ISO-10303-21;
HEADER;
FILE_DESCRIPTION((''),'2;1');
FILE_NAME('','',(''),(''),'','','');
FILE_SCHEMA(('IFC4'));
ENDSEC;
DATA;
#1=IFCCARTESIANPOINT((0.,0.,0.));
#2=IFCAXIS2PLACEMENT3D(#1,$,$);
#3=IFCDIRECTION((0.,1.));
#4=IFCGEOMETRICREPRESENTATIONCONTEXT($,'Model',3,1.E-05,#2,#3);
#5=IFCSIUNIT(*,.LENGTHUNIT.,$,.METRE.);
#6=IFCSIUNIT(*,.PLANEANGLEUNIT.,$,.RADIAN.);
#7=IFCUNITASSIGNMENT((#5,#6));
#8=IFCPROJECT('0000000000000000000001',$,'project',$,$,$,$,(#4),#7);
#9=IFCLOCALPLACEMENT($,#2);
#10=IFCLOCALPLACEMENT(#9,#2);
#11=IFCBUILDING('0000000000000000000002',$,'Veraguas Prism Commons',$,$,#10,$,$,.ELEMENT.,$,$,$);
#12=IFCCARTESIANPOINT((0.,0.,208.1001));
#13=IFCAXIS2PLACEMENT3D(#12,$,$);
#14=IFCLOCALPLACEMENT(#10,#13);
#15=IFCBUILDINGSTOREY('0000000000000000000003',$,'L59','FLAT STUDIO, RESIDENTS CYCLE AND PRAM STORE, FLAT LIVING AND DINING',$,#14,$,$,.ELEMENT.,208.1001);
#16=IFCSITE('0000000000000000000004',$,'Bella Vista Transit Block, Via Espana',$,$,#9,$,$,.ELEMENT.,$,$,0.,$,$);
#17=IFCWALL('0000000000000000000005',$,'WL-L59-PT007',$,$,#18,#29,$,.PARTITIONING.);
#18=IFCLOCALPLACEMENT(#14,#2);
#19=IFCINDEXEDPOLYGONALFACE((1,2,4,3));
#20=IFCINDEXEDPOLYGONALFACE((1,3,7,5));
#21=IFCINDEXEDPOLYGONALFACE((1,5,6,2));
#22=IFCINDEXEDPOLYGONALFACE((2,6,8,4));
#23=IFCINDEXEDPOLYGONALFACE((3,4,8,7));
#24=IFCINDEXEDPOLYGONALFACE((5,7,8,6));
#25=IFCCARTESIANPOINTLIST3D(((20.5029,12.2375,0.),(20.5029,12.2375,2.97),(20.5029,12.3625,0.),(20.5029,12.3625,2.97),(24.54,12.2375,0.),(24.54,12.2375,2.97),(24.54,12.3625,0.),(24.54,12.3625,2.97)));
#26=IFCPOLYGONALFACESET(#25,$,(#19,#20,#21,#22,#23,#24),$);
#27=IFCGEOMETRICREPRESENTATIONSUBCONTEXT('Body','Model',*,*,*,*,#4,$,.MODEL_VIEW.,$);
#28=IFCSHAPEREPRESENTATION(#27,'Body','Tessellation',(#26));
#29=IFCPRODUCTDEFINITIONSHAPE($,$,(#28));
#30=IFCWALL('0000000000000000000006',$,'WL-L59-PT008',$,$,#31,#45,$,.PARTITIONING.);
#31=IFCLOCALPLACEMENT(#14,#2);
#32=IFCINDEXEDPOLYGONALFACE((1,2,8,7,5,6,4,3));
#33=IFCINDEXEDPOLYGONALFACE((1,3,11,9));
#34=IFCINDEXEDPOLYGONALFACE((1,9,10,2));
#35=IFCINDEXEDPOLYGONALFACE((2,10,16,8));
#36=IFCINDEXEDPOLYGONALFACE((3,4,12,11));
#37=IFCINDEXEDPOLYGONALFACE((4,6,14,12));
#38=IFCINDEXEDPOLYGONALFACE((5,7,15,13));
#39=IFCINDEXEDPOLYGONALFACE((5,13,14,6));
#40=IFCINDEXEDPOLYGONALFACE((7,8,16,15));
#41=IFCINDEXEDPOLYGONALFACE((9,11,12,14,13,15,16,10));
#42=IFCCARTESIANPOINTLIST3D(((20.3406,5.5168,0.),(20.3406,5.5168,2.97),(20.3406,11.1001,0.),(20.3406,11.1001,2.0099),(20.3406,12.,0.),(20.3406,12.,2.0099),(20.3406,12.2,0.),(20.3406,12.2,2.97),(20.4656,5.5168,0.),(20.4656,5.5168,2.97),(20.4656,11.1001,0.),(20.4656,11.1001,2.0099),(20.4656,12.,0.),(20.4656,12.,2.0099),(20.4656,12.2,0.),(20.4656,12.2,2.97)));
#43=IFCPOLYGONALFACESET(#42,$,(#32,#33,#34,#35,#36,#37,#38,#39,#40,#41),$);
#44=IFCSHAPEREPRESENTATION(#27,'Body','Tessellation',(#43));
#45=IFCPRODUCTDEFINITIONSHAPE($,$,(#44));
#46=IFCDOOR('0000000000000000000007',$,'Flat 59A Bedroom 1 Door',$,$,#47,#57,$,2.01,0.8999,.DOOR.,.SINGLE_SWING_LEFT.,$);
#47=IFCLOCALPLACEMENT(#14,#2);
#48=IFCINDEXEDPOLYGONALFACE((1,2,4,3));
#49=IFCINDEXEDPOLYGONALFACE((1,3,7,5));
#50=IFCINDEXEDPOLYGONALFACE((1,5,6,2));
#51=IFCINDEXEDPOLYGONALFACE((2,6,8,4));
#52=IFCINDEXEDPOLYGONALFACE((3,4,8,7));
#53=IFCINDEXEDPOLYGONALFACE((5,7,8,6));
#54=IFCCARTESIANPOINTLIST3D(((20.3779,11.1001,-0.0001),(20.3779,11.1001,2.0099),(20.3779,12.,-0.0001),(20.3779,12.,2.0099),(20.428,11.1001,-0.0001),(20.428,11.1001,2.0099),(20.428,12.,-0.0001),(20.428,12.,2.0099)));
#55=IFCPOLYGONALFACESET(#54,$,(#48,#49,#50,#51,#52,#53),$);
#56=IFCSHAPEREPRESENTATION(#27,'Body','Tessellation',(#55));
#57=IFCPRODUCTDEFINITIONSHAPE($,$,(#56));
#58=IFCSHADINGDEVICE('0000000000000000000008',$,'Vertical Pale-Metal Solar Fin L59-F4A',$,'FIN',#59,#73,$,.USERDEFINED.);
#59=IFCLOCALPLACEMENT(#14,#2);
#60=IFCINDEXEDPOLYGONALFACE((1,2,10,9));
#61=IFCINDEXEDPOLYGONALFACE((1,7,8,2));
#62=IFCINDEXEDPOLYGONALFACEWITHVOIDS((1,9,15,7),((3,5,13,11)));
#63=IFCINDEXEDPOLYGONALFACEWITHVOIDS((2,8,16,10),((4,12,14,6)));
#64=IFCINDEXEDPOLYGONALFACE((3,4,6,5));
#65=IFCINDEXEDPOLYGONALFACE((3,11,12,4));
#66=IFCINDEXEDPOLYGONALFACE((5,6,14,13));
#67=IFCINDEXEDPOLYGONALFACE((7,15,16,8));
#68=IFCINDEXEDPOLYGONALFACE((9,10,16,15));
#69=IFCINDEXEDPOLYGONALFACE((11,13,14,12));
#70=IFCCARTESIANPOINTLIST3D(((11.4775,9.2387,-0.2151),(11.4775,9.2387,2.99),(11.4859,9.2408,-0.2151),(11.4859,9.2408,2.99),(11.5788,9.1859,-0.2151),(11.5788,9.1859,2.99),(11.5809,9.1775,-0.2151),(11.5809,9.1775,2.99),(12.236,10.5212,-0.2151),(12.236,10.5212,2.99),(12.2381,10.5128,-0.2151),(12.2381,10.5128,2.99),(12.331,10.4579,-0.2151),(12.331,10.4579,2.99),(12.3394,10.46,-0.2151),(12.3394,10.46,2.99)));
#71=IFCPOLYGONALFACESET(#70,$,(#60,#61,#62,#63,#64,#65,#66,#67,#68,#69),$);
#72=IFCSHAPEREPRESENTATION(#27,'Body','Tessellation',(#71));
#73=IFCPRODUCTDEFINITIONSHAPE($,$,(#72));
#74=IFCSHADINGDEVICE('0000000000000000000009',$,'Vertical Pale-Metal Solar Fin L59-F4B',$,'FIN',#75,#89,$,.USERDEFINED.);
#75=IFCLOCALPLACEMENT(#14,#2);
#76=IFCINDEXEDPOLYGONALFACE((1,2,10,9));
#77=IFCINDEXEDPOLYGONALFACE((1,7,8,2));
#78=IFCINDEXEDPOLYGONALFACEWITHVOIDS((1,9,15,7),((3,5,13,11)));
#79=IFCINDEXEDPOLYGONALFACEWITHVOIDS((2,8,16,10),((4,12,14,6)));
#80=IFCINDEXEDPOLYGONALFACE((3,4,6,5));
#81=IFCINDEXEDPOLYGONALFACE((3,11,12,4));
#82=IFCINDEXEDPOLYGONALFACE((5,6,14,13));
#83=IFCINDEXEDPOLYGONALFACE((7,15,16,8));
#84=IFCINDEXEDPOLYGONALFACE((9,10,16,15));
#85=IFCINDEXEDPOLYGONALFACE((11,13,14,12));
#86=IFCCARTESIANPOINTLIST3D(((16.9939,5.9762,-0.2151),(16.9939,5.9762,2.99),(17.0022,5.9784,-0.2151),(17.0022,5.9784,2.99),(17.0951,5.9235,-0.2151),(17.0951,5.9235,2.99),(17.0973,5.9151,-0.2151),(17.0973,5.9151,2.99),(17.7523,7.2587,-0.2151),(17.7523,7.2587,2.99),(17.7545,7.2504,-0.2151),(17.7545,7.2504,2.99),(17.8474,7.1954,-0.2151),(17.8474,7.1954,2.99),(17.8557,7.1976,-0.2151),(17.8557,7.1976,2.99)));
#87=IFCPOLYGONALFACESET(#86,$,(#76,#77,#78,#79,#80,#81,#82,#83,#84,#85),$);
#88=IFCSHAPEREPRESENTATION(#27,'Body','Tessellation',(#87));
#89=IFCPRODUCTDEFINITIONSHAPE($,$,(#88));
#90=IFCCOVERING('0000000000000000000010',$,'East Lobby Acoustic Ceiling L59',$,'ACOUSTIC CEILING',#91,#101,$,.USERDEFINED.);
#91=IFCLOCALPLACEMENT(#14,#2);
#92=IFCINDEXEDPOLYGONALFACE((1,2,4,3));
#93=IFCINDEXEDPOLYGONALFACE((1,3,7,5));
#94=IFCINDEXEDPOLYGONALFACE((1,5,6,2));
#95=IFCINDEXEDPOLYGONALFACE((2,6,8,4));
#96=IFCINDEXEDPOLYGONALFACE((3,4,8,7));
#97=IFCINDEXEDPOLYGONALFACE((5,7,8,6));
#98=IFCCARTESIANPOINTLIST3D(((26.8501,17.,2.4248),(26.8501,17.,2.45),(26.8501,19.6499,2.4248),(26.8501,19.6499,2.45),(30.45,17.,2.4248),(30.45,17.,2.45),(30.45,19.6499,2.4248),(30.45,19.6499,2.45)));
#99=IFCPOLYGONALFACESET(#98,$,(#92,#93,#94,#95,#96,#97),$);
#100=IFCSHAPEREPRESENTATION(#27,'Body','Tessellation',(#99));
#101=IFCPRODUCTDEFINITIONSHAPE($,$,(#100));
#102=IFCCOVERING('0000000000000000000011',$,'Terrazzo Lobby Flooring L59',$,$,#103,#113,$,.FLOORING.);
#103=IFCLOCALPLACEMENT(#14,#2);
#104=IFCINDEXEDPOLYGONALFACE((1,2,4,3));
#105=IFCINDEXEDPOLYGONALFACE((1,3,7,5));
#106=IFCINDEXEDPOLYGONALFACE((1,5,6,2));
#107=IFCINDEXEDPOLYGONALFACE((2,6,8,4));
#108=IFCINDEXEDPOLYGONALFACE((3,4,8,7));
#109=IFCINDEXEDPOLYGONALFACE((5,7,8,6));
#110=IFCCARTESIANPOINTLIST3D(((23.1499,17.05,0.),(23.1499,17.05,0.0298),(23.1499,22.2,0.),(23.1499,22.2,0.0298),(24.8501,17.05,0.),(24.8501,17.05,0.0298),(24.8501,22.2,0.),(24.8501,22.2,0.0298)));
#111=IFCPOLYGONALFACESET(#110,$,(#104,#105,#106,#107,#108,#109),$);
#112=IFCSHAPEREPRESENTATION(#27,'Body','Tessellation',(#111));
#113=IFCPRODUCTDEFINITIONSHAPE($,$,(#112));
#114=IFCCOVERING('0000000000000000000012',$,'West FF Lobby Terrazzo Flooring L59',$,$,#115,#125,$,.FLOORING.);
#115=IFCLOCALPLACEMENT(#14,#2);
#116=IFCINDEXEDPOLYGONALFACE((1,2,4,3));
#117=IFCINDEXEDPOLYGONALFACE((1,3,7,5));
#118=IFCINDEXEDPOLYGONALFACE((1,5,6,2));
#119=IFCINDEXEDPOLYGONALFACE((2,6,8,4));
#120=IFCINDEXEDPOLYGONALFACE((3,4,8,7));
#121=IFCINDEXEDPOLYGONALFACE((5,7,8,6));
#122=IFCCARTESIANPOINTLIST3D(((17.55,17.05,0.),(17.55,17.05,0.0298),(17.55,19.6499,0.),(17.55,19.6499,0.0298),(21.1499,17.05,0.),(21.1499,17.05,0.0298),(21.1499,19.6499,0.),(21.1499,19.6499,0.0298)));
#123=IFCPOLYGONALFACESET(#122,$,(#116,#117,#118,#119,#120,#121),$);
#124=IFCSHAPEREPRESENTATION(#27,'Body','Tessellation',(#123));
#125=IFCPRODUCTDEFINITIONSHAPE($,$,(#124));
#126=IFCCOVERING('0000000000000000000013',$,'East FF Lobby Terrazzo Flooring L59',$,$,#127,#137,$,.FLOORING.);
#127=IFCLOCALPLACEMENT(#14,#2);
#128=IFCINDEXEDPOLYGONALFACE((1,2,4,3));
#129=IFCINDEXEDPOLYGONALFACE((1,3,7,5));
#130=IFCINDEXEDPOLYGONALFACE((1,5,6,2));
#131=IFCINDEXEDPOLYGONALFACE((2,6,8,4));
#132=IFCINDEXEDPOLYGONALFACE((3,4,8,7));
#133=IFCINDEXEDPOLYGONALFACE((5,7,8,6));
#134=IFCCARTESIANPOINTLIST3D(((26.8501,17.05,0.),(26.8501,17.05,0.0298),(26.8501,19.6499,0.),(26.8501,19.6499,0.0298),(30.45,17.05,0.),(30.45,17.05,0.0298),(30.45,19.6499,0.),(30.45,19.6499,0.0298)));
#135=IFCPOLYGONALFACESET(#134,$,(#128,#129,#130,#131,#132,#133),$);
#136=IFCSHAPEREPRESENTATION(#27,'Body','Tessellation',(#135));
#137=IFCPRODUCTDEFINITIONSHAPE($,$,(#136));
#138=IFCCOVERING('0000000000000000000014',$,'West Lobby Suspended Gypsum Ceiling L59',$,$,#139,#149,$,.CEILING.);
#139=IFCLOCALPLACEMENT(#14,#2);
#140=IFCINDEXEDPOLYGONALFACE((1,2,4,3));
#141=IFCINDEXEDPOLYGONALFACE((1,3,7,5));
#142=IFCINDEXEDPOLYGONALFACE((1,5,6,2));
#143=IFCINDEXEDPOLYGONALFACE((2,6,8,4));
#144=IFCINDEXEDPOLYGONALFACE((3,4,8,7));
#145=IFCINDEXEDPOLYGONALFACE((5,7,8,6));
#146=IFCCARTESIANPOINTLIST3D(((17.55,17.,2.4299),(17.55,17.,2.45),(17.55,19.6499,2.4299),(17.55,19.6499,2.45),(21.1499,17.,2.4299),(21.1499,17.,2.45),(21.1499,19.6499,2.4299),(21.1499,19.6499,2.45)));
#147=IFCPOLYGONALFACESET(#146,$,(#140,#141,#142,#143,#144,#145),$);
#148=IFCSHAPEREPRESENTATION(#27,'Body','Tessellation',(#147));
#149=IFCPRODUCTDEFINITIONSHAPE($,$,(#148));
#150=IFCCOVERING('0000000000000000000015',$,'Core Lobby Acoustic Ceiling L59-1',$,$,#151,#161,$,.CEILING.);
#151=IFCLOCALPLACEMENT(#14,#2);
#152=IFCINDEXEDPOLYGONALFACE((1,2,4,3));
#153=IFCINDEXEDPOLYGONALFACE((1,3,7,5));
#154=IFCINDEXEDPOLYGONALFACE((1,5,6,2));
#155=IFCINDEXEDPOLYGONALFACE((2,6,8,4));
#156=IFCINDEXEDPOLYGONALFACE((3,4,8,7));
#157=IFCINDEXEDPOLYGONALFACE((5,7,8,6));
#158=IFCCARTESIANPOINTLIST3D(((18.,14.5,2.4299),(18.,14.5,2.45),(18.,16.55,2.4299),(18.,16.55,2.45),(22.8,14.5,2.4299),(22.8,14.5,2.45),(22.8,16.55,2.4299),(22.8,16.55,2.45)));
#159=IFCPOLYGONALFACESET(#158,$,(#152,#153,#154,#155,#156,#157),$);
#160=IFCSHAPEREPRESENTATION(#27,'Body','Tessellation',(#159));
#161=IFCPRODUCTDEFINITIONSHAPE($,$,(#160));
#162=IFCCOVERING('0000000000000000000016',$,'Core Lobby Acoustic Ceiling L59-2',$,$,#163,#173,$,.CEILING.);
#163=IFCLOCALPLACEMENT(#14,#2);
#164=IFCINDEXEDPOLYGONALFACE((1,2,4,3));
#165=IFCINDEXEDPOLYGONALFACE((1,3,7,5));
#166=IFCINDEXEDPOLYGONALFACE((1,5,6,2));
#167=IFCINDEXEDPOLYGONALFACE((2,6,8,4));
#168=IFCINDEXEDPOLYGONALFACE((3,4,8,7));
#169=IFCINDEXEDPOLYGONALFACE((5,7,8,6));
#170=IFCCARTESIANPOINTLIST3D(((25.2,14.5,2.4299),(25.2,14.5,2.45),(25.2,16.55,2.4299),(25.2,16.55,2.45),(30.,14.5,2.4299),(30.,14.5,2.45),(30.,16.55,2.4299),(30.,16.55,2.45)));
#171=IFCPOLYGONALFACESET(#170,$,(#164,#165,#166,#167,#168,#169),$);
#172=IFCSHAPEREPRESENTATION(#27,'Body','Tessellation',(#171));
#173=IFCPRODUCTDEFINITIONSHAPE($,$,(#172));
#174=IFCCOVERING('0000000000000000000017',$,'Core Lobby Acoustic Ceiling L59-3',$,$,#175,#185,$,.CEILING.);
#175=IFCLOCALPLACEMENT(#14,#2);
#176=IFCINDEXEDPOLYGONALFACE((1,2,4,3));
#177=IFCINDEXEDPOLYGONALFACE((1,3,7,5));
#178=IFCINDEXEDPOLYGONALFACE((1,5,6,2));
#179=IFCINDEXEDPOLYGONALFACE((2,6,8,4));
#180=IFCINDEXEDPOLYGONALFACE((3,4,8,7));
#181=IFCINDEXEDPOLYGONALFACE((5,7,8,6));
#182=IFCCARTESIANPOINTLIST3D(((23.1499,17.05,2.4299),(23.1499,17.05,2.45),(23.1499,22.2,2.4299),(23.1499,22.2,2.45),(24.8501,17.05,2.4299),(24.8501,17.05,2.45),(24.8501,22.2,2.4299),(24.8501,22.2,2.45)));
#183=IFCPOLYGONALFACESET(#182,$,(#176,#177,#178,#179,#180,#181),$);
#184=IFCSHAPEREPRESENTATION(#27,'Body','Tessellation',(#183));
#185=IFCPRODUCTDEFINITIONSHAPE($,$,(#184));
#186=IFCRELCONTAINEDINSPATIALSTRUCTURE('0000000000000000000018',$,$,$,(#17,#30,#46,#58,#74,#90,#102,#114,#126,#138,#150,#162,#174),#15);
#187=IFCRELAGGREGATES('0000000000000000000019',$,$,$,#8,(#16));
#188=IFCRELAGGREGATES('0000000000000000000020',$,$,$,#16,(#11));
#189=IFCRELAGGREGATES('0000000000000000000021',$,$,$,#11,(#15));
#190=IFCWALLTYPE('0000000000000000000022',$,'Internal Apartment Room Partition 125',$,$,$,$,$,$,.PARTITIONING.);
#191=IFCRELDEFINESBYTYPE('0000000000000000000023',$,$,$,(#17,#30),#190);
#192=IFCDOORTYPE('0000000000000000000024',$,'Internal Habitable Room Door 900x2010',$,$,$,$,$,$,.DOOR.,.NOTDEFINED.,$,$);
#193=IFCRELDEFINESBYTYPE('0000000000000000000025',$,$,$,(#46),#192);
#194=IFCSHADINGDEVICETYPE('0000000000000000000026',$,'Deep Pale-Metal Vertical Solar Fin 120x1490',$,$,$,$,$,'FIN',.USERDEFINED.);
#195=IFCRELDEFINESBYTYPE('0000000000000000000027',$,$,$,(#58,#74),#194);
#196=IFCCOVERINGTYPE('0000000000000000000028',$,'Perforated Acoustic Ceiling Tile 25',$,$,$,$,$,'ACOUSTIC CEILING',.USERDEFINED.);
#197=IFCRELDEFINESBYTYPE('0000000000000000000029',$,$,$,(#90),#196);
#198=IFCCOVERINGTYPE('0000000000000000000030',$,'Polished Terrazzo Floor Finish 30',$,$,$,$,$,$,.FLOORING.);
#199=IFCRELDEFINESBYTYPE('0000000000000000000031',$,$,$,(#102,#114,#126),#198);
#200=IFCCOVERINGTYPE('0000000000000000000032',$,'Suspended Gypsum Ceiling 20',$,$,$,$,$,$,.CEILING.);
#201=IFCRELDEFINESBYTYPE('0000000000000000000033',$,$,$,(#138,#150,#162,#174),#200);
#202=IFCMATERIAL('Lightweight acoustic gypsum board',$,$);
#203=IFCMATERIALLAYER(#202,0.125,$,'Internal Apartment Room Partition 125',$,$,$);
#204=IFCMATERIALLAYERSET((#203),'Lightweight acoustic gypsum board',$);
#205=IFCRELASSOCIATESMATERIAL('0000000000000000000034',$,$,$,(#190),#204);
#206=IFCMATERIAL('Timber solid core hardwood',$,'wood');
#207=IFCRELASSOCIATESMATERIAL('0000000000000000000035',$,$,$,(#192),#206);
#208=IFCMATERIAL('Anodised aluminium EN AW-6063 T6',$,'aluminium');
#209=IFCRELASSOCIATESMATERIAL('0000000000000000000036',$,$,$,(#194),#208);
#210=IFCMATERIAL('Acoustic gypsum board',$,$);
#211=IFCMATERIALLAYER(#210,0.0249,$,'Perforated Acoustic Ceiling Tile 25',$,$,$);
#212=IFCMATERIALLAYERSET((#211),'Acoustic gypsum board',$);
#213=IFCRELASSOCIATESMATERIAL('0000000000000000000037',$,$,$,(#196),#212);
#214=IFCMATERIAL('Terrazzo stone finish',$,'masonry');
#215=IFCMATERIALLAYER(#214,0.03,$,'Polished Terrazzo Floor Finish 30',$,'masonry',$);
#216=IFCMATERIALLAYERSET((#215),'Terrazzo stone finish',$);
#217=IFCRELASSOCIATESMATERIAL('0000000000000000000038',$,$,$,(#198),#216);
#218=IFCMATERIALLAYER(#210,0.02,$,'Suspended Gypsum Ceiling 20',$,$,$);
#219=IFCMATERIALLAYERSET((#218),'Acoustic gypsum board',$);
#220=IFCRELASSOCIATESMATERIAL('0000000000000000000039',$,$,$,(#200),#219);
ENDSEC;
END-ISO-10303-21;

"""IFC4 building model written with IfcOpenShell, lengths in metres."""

from ifc_helpers import new_model, si_unit, direction, frame, frame_2d, origin, origin_2d, place, context, subcontext, project, spatial, polyline, rectangle, hollow_rectangle, outline, extrude, source, transform, mapped, material, layer, layer_set, material_profile, profile_set, type_object, element, fill, save


model = new_model("IFC4")

# Units and contexts
model_context = context("Model", 3, precision=1e-05, world=origin(), true_north=direction((0.0, 1.0)))
body_context = subcontext(model_context, "Body", "Model", "MODEL_VIEW")
ifc_project = project(units=[si_unit("LENGTHUNIT", "METRE"), si_unit("PLANEANGLEUNIT", "RADIAN")], contexts=[model_context])

# Site, building, storey
site_placement = place(None, origin())
site = spatial("IfcSite", under=ifc_project, at=site_placement, Name="Bella Vista Transit Block, Via Espana", CompositionType="ELEMENT", RefElevation=0.0)
building_placement = place(site_placement, origin())
building = spatial("IfcBuilding", under=site, at=building_placement, Name="Veraguas Prism Commons", CompositionType="ELEMENT")
storey_placement = place(building_placement, frame((0.0, 0.0, 208.1001)))
storey = spatial("IfcBuildingStorey", under=building, at=storey_placement, Name="L59", Description="FLAT STUDIO, RESIDENTS CYCLE AND PRAM STORE, FLAT LIVING AND DINING", CompositionType="ELEMENT", Elevation=208.1001)

# Shared definitions
ifc_material_1 = material(Name="Anodised aluminium EN AW-6063 T6", Category="aluminium")

# Shared definitions
ifc_material_2 = material(Name="Lightweight acoustic gypsum board")
ifc_layer_1 = layer(ifc_material_2, 0.125, Name="Internal Apartment Room Partition 125")
ifc_layer_set_1 = layer_set([ifc_layer_1], Name="Lightweight acoustic gypsum board")
wall_type = type_object("IfcWallType", Name="Internal Apartment Room Partition 125", PredefinedType="PARTITIONING", material=ifc_layer_set_1)

# Wall
wall_1_placement = place(storey_placement, frame((20.5029, 12.3, 0.0), z_axis=(0.0, 0.0, 1.0), x_axis=(1.0, 0.0, 0.0)))
element("IfcWall", 1, at=wall_1_placement, inside=storey, type_object=wall_type, Name="WL-L59-PT007", PredefinedType="PARTITIONING", context=body_context, shape_type="SweptSolid", body=[
    extrude(rectangle(XDim=4.0371, YDim=0.125, at=frame_2d((2.0186, 0.0))), origin(), (0.0, 0.0, 1.0), 2.97),
])

# Wall, opening, door
wall_2_placement = place(storey_placement, frame((20.4031, 12.2, 0.0), z_axis=(0.0, 0.0, 1.0), x_axis=(0.0, -1.0, 0.0)))
wall_2 = element("IfcWall", 2, at=wall_2_placement, inside=storey, type_object=wall_type, Name="WL-L59-PT008", PredefinedType="PARTITIONING", context=body_context, shape_type="SweptSolid", body=[
    extrude(rectangle(XDim=6.6831, YDim=0.125, at=frame_2d((3.3416, 0.0))), origin(), (0.0, 0.0, 1.0), 2.97),
])
opening_1_placement = place(wall_2_placement, frame((0.2, 0.0, 0.0)))
opening_1 = element("IfcOpeningElement", 3, at=opening_1_placement, cuts=wall_2, PredefinedType="OPENING", context=body_context, shape_type="SweptSolid", body=[
    extrude(rectangle(XDim=0.8999, YDim=2.01, at=frame_2d((0.45, 1.0049))), frame((0.0, 0.0725, 0.0), z_axis=(0.0, -1.0, 0.0), x_axis=(1.0, 0.0, 0.0)), (0.0, 0.0, 1.0), 0.145),
])
ifc_material_3 = material(Name="Timber solid core hardwood", Category="wood")
door_type_1 = type_object("IfcDoorType", Name="Internal Habitable Room Door 900x2010", OperationType="NOTDEFINED", PredefinedType="DOOR", material=ifc_material_3)
shared_shape_1 = source(origin(), body_context, "Body", "SweptSolid", [
    extrude(rectangle(XDim=0.8999, YDim=2.01, at=frame_2d((0.45, 1.0049))), frame((0.0, 0.0249, 0.0), z_axis=(0.0, -1.0, 0.0), x_axis=(1.0, 0.0, 0.0)), (0.0, 0.0, 1.0), 0.05),
])
door_1_placement = place(opening_1_placement, origin())
door_1 = element("IfcDoor", 4, at=door_1_placement, inside=storey, type_object=door_type_1, Name="Flat 59A Bedroom 1 Door", OperationType="SINGLE_SWING_LEFT", OverallHeight=2.01, OverallWidth=0.8999, PredefinedType="DOOR", context=body_context, shape_type="MappedRepresentation", body=[
    mapped(shared_shape_1, transform((0.0, 0.0, 0.0), scale=1.0)),
])
fill(opening_1, door_1)

# Shading devices
ifc_material_profile_1 = material_profile(ifc_material_1, hollow_rectangle(XDim=0.1201, YDim=1.49, WallThickness=0.0061, at=origin_2d()), Name="FIN120X1490X6")
ifc_profile_set_1 = profile_set([ifc_material_profile_1], Name="Anodised aluminium EN AW-6063 T6")
shading_device_type = type_object("IfcShadingDeviceType", Name="Deep Pale-Metal Vertical Solar Fin 120x1490", ElementType="FIN", PredefinedType="USERDEFINED", material=ifc_profile_set_1)
for number, where, z_axis, x_axis, name in (
    (5, (11.9084, 9.8494, -0.2151), (0.0, 0.0, 1.0), (0.860742, -0.509041, 0.0), "Vertical Pale-Metal Solar Fin L59-F4A"),
    (6, (17.4248, 6.5869, -0.2151), (0.0, 0.0, 1.0), (0.860742, -0.509041, 0.0), "Vertical Pale-Metal Solar Fin L59-F4B"),
):
    element("IfcShadingDevice", number, at=place(storey_placement, frame(where, z_axis=z_axis, x_axis=x_axis)), inside=storey, type_object=shading_device_type, Name=name, ObjectType="FIN", PredefinedType="USERDEFINED", context=body_context, shape_type="SweptSolid", body=[
        extrude(hollow_rectangle(XDim=0.1201, YDim=1.49, WallThickness=0.0061, at=origin_2d()), origin(), (0.0, 0.0, 1.0), 3.2051),
    ])

# Coverings
ifc_material_4 = material(Name="Acoustic gypsum board")
ifc_layer_2 = layer(ifc_material_4, 0.0249, Name="Perforated Acoustic Ceiling Tile 25")
ifc_layer_set_2 = layer_set([ifc_layer_2], Name="Acoustic gypsum board")
covering_type_1 = type_object("IfcCoveringType", Name="Perforated Acoustic Ceiling Tile 25", ElementType="ACOUSTIC CEILING", PredefinedType="USERDEFINED", material=ifc_layer_set_2)
covering_1_placement = place(storey_placement, frame((0.0, 0.0, 2.4248)))
element("IfcCovering", 7, at=covering_1_placement, inside=storey, type_object=covering_type_1, Name="East Lobby Acoustic Ceiling L59", ObjectType="ACOUSTIC CEILING", PredefinedType="USERDEFINED", context=body_context, shape_type="SweptSolid", body=[
    extrude(outline(polyline([(26.8501, 17.0), (30.45, 17.0), (30.45, 19.6499), (26.8501, 19.6499), (26.8501, 17.0)])), origin(), (0.0, 0.0, 1.0), 0.0251),
])
ifc_material_5 = material(Name="Terrazzo stone finish", Category="masonry")
ifc_layer_3 = layer(ifc_material_5, 0.03, Name="Polished Terrazzo Floor Finish 30", Category="masonry")
ifc_layer_set_3 = layer_set([ifc_layer_3], Name="Terrazzo stone finish")
covering_type_2 = type_object("IfcCoveringType", Name="Polished Terrazzo Floor Finish 30", PredefinedType="FLOORING", material=ifc_layer_set_3)
covering_2_placement = place(storey_placement, origin())
element("IfcCovering", 8, at=covering_2_placement, inside=storey, type_object=covering_type_2, Name="Terrazzo Lobby Flooring L59", PredefinedType="FLOORING", context=body_context, shape_type="SweptSolid", body=[
    extrude(outline(polyline([(23.1499, 17.05), (24.8501, 17.05), (24.8501, 22.2), (23.1499, 22.2), (23.1499, 17.05)])), origin(), (0.0, 0.0, 1.0), 0.0298),
])
covering_3_placement = place(storey_placement, origin())
element("IfcCovering", 9, at=covering_3_placement, inside=storey, type_object=covering_type_2, Name="West FF Lobby Terrazzo Flooring L59", PredefinedType="FLOORING", context=body_context, shape_type="SweptSolid", body=[
    extrude(outline(polyline([(17.55, 17.05), (21.1499, 17.05), (21.1499, 19.6499), (17.55, 19.6499), (17.55, 17.05)])), origin(), (0.0, 0.0, 1.0), 0.0298),
])
covering_4_placement = place(storey_placement, origin())
element("IfcCovering", 10, at=covering_4_placement, inside=storey, type_object=covering_type_2, Name="East FF Lobby Terrazzo Flooring L59", PredefinedType="FLOORING", context=body_context, shape_type="SweptSolid", body=[
    extrude(outline(polyline([(26.8501, 17.05), (30.45, 17.05), (30.45, 19.6499), (26.8501, 19.6499), (26.8501, 17.05)])), origin(), (0.0, 0.0, 1.0), 0.0298),
])
ifc_layer_4 = layer(ifc_material_4, 0.02, Name="Suspended Gypsum Ceiling 20")
ifc_layer_set_4 = layer_set([ifc_layer_4], Name="Acoustic gypsum board")
covering_type_3 = type_object("IfcCoveringType", Name="Suspended Gypsum Ceiling 20", PredefinedType="CEILING", material=ifc_layer_set_4)
covering_5_placement = place(storey_placement, frame((0.0, 0.0, 2.4299)))
element("IfcCovering", 11, at=covering_5_placement, inside=storey, type_object=covering_type_3, Name="West Lobby Suspended Gypsum Ceiling L59", PredefinedType="CEILING", context=body_context, shape_type="SweptSolid", body=[
    extrude(outline(polyline([(17.55, 17.0), (21.1499, 17.0), (21.1499, 19.6499), (17.55, 19.6499), (17.55, 17.0)])), origin(), (0.0, 0.0, 1.0), 0.02),
])
covering_6_placement = place(storey_placement, frame((0.0, 0.0, 2.4299)))
element("IfcCovering", 12, at=covering_6_placement, inside=storey, type_object=covering_type_3, Name="Core Lobby Acoustic Ceiling L59-1", PredefinedType="CEILING", context=body_context, shape_type="SweptSolid", body=[
    extrude(outline(polyline([(18.0, 14.5), (22.8, 14.5), (22.8, 16.55), (18.0, 16.55), (18.0, 14.5)])), origin(), (0.0, 0.0, 1.0), 0.02),
])
covering_7_placement = place(storey_placement, frame((0.0, 0.0, 2.4299)))
element("IfcCovering", 13, at=covering_7_placement, inside=storey, type_object=covering_type_3, Name="Core Lobby Acoustic Ceiling L59-2", PredefinedType="CEILING", context=body_context, shape_type="SweptSolid", body=[
    extrude(outline(polyline([(25.2, 14.5), (30.0, 14.5), (30.0, 16.55), (25.2, 16.55), (25.2, 14.5)])), origin(), (0.0, 0.0, 1.0), 0.02),
])
covering_8_placement = place(storey_placement, frame((0.0, 0.0, 2.4299)))
element("IfcCovering", 14, at=covering_8_placement, inside=storey, type_object=covering_type_3, Name="Core Lobby Acoustic Ceiling L59-3", PredefinedType="CEILING", context=body_context, shape_type="SweptSolid", body=[
    extrude(outline(polyline([(23.1499, 17.05), (24.8501, 17.05), (24.8501, 22.2), (23.1499, 22.2), (23.1499, 17.05)])), origin(), (0.0, 0.0, 1.0), 0.02),
])

save(model, "model.ifc")
